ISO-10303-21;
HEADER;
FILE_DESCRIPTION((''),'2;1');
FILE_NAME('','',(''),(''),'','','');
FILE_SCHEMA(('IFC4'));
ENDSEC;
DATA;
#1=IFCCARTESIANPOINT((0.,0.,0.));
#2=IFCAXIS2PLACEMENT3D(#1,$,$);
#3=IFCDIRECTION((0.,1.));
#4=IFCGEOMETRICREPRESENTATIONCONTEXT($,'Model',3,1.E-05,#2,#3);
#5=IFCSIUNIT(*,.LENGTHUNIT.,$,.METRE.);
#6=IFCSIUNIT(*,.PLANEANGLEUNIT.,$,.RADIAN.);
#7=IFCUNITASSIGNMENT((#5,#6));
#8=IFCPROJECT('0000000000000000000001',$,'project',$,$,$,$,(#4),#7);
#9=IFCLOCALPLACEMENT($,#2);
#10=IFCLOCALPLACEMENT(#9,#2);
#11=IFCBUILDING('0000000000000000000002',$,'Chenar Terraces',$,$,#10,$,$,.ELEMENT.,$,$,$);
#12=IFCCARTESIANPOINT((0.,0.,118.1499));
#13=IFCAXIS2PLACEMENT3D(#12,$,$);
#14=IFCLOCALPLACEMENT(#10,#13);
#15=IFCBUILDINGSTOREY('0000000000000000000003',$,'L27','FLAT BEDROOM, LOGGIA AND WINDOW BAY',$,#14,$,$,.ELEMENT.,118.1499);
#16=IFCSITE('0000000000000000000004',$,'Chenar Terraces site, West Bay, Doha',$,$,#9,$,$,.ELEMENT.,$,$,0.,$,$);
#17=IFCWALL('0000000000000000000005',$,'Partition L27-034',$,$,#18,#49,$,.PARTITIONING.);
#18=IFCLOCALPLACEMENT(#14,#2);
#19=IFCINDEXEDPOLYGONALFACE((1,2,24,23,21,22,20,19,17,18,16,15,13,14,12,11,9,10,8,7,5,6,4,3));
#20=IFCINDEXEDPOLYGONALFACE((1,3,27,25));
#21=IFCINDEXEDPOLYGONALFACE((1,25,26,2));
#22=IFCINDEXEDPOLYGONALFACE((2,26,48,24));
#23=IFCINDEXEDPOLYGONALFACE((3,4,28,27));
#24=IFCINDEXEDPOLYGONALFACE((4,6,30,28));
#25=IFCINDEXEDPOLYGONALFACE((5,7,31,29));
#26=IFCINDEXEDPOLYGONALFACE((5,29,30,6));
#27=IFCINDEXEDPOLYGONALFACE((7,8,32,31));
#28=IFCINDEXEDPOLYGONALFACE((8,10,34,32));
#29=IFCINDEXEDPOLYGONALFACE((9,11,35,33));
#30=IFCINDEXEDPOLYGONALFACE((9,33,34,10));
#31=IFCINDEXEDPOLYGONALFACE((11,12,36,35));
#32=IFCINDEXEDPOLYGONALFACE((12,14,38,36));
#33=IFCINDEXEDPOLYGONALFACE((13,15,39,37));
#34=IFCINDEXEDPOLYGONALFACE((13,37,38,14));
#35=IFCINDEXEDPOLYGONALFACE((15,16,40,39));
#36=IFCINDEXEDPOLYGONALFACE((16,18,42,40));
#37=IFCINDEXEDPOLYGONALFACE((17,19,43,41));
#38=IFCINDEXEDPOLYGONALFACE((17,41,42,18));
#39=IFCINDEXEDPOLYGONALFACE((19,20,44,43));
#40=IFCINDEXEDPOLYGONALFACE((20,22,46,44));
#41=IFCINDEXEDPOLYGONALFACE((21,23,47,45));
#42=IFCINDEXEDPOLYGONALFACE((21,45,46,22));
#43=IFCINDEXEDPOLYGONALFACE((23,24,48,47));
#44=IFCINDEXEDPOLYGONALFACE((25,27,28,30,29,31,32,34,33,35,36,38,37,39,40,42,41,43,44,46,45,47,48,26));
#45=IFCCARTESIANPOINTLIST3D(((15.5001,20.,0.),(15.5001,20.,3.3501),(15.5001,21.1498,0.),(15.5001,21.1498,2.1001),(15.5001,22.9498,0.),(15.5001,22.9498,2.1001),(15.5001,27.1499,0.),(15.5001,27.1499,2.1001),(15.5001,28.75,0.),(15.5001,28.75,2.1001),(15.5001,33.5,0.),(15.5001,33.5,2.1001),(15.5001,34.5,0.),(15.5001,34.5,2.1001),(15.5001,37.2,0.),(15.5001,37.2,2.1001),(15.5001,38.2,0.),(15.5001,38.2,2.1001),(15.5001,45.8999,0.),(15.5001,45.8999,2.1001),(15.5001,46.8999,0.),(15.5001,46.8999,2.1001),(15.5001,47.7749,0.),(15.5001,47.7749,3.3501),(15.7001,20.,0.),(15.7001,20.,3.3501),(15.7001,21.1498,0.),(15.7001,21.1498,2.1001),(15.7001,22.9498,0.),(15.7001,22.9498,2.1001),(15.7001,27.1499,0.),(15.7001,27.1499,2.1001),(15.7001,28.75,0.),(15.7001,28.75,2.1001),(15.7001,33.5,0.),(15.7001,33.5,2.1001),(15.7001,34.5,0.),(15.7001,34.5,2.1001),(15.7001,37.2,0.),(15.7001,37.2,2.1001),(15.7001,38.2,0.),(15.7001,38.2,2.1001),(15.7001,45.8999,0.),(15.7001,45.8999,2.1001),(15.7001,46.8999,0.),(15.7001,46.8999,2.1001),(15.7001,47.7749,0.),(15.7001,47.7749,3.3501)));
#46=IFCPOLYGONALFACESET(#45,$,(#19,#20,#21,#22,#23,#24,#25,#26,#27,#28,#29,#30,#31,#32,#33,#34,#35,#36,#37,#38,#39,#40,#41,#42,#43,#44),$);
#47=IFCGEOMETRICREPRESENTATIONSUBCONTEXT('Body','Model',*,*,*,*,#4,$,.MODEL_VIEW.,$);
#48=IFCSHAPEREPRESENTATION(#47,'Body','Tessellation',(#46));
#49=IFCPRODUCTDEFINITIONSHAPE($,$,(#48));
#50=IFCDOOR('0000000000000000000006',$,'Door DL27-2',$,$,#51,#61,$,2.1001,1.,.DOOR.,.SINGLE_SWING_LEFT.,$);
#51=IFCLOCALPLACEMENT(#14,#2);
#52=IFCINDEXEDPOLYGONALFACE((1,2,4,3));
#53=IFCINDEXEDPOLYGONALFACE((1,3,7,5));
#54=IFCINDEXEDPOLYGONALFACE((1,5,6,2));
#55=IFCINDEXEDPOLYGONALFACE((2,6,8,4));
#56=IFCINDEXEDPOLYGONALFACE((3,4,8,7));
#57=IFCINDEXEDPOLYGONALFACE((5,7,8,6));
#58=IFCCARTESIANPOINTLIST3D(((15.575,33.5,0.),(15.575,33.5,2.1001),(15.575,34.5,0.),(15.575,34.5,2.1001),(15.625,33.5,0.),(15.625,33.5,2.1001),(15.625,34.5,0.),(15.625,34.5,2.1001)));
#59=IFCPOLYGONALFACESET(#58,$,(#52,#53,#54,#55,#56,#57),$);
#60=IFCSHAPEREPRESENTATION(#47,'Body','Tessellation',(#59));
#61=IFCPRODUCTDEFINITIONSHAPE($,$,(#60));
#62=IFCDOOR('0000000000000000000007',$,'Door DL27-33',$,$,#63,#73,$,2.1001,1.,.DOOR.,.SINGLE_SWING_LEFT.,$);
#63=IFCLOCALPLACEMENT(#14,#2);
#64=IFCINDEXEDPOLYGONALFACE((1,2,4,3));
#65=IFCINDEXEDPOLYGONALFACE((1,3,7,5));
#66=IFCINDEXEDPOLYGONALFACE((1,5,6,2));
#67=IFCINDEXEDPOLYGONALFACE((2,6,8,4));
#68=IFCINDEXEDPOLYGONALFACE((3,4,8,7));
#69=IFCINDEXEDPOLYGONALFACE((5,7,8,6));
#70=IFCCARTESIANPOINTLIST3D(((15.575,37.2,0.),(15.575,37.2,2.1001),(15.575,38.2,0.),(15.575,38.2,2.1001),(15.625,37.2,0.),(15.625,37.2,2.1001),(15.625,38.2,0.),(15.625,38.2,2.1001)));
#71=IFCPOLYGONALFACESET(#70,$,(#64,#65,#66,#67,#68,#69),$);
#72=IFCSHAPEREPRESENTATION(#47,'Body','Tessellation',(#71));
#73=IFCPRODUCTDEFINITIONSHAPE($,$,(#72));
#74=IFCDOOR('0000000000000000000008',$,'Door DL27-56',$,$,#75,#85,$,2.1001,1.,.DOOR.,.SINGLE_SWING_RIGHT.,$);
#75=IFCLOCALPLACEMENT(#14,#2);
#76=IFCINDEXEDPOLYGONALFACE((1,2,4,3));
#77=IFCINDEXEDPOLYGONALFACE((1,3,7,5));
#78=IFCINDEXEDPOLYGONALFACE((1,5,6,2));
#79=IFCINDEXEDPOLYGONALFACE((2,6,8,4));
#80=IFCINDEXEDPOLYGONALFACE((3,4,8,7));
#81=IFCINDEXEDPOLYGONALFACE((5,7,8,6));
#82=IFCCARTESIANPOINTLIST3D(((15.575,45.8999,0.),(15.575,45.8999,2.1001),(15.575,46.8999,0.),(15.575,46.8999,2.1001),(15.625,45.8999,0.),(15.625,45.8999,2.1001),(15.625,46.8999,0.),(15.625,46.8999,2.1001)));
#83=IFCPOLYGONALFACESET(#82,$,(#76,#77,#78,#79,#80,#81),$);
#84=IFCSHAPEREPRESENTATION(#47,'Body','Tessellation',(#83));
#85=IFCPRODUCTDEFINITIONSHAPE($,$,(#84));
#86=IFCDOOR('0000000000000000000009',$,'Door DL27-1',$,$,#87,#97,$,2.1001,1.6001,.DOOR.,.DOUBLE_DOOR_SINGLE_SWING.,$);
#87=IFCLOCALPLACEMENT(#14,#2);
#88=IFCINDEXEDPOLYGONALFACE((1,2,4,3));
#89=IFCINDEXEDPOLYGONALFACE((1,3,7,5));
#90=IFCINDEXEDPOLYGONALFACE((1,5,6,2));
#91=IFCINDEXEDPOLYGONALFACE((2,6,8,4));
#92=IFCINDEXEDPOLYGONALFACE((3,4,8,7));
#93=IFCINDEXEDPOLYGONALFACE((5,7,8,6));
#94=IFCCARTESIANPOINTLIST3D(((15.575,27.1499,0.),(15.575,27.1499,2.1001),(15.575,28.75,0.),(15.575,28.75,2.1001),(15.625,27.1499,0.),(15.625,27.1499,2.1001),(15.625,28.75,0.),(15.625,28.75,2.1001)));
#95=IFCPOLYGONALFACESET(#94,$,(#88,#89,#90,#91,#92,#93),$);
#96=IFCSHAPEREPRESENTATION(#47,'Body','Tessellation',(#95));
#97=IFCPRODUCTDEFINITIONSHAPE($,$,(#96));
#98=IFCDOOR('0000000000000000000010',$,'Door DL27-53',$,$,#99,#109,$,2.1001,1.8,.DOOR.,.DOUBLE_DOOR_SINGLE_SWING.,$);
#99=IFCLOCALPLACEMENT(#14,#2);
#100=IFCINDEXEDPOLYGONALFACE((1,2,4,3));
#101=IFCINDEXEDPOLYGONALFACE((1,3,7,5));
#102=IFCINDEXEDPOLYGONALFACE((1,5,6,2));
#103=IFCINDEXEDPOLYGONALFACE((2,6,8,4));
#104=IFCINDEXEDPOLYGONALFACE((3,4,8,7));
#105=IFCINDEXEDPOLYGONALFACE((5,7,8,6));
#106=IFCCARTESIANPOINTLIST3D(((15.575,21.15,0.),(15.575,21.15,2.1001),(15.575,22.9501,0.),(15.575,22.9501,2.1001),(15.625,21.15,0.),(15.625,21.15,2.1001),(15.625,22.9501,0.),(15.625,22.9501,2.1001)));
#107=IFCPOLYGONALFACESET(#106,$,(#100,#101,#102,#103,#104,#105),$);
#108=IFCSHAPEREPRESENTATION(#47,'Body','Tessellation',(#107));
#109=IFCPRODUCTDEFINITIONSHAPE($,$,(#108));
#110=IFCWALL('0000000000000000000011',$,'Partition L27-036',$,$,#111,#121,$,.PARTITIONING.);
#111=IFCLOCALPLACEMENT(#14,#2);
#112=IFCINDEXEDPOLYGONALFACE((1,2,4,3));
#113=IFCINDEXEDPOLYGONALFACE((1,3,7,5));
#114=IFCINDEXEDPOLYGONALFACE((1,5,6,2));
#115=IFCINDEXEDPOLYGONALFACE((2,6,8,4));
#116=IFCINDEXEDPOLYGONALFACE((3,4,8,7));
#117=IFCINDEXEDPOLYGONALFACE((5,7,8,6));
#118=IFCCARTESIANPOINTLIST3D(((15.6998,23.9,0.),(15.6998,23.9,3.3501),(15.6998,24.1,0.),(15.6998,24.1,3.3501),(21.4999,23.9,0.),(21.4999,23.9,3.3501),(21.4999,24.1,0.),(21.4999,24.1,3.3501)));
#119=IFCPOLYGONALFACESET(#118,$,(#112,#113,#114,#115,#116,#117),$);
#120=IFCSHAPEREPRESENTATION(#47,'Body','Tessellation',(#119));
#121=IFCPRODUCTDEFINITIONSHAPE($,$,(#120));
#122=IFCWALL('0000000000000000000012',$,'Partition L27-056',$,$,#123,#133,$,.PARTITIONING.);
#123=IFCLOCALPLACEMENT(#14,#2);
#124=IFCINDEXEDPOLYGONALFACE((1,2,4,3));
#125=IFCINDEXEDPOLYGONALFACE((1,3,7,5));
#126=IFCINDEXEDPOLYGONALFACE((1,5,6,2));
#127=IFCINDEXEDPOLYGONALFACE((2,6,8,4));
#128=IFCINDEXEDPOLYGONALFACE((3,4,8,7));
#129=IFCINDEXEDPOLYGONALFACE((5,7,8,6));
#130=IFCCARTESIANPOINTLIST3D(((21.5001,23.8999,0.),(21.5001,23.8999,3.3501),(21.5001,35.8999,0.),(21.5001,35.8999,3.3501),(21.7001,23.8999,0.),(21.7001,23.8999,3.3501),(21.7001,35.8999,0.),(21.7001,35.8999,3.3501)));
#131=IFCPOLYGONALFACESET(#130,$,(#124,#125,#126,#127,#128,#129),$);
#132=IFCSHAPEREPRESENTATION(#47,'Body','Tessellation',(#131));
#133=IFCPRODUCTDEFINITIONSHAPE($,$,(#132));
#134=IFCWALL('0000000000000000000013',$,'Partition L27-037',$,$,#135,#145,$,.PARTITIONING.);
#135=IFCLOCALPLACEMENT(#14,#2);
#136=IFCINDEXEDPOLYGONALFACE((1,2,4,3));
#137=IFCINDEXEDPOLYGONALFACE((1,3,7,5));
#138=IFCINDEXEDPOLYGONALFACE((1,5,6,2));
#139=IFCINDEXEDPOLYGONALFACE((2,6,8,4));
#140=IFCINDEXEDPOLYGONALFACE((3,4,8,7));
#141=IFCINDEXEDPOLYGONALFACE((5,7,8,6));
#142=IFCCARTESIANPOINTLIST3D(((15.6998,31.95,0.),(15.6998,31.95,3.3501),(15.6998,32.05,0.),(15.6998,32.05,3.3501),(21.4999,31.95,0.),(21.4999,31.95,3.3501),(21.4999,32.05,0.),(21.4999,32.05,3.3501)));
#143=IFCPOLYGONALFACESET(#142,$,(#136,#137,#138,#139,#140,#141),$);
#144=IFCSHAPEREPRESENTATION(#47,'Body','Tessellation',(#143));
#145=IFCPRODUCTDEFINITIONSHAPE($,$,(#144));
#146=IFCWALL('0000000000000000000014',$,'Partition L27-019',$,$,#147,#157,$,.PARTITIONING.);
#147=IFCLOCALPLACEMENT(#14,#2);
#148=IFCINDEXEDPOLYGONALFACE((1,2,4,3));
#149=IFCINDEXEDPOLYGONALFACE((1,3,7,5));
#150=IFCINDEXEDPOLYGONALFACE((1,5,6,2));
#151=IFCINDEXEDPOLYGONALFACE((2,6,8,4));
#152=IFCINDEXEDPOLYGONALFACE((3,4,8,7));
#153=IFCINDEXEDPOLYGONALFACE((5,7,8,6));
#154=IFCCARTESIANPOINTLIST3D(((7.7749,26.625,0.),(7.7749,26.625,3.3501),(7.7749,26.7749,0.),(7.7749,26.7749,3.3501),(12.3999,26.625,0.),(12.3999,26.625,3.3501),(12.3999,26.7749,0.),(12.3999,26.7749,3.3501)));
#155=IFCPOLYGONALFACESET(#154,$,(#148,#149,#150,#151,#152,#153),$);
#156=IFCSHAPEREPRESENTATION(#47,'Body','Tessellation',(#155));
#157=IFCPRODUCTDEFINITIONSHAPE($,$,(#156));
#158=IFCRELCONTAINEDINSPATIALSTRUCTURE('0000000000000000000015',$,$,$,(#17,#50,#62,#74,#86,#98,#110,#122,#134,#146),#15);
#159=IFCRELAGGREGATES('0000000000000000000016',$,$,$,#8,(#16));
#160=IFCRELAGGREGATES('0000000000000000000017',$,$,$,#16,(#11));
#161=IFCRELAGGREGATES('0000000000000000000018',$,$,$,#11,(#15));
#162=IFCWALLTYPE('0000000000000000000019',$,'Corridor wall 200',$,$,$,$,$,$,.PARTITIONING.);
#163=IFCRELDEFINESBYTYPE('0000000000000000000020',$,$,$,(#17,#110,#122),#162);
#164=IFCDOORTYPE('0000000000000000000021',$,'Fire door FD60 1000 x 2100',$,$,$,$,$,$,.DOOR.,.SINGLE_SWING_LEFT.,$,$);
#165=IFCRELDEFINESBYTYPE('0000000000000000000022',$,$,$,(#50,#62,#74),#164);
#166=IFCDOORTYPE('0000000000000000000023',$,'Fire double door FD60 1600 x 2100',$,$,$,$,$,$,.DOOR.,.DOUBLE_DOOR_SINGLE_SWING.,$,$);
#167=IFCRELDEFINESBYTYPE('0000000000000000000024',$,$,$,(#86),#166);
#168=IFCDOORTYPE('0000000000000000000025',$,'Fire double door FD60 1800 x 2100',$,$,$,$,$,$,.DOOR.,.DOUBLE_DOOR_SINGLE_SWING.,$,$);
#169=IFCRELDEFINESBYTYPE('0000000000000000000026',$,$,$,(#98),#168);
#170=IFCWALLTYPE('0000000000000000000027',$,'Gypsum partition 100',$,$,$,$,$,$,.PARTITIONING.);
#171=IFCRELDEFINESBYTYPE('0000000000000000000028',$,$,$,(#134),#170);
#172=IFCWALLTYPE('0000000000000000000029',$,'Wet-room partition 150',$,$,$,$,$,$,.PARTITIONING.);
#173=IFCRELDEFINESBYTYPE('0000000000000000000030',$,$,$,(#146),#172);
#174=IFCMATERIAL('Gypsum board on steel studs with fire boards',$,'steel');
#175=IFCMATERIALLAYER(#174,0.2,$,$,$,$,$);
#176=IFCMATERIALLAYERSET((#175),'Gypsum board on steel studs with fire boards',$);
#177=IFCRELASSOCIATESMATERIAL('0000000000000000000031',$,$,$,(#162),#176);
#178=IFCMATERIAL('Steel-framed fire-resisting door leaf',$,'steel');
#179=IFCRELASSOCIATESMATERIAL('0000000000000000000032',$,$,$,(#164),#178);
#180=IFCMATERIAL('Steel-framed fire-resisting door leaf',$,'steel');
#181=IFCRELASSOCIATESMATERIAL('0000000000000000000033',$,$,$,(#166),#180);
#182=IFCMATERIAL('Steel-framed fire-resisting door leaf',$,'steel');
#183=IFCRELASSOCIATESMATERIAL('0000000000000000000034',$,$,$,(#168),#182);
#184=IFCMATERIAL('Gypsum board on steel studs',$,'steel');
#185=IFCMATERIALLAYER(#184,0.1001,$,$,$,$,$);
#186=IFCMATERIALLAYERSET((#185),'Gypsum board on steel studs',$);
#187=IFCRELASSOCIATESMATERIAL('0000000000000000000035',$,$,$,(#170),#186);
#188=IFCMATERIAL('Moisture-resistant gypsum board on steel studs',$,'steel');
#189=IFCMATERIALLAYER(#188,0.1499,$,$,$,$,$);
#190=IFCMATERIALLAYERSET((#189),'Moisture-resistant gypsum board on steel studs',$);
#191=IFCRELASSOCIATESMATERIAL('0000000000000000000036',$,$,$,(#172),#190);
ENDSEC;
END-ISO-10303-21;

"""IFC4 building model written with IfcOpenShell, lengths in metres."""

from ifc_helpers import new_model, si_unit, direction, frame, frame_2d, origin, place, context, subcontext, project, spatial, rectangle, extrude, material, layer, layer_set, type_object, element, fill, save


model = new_model("IFC4")

# Units and contexts
model_context = context("Model", 3, precision=1e-05, world=origin(), true_north=direction((0.0, 1.0)))
body_context = subcontext(model_context, "Body", "Model", "MODEL_VIEW")
ifc_project = project(units=[si_unit("LENGTHUNIT", "METRE"), si_unit("PLANEANGLEUNIT", "RADIAN")], contexts=[model_context])

# Site, building, storey
site_placement = place(None, origin())
site = spatial("IfcSite", under=ifc_project, at=site_placement, Name="Chenar Terraces site, West Bay, Doha", CompositionType="ELEMENT", RefElevation=0.0)
building_placement = place(site_placement, origin())
building = spatial("IfcBuilding", under=site, at=building_placement, Name="Chenar Terraces", CompositionType="ELEMENT")
storey_placement = place(building_placement, frame((0.0, 0.0, 118.1499)))
storey = spatial("IfcBuildingStorey", under=building, at=storey_placement, Name="L27", Description="FLAT BEDROOM, LOGGIA AND WINDOW BAY", CompositionType="ELEMENT", Elevation=118.1499)

# Wall, openings, doors
ifc_material_1 = material(Name="Gypsum board on steel studs with fire boards", Category="steel")
ifc_layer_1 = layer(ifc_material_1, 0.2)
ifc_layer_set_1 = layer_set([ifc_layer_1], Name="Gypsum board on steel studs with fire boards")
wall_type_1 = type_object("IfcWallType", Name="Corridor wall 200", PredefinedType="PARTITIONING", material=ifc_layer_set_1)
wall_1_placement = place(storey_placement, frame((15.6001, 20.0, 0.0), z_axis=(0.0, 0.0, 1.0), x_axis=(0.0, 1.0, 0.0)))
wall_1 = element("IfcWall", 1, at=wall_1_placement, inside=storey, type_object=wall_type_1, Name="Partition L27-034", PredefinedType="PARTITIONING", context=body_context, shape_type="SweptSolid", body=[
    extrude(rectangle(XDim=27.7749, YDim=0.2, at=frame_2d((13.8875, 0.0))), origin(), (0.0, 0.0, 1.0), 3.3501),
])
opening_1_placement = place(wall_1_placement, frame((7.1499, 0.0, 0.0)))
opening_1 = element("IfcOpeningElement", 2, at=opening_1_placement, cuts=wall_1, PredefinedType="OPENING", context=body_context, shape_type="SweptSolid", body=[
    extrude(rectangle(XDim=1.6001, YDim=2.1001, at=frame_2d((0.8, 1.05))), frame((0.0, 0.1099, 0.0), z_axis=(0.0, -1.0, 0.0), x_axis=(1.0, 0.0, 0.0)), (0.0, 0.0, 1.0), 0.22),
])
opening_2_placement = place(wall_1_placement, frame((13.5, 0.0, 0.0)))
opening_2 = element("IfcOpeningElement", 3, at=opening_2_placement, cuts=wall_1, PredefinedType="OPENING", context=body_context, shape_type="SweptSolid", body=[
    extrude(rectangle(XDim=1.0, YDim=2.1001, at=frame_2d((0.5, 1.05))), frame((0.0, 0.1099, 0.0), z_axis=(0.0, -1.0, 0.0), x_axis=(1.0, 0.0, 0.0)), (0.0, 0.0, 1.0), 0.22),
])
opening_3_placement = place(wall_1_placement, frame((17.2, 0.0, 0.0)))
opening_3 = element("IfcOpeningElement", 4, at=opening_3_placement, cuts=wall_1, PredefinedType="OPENING", context=body_context, shape_type="SweptSolid", body=[
    extrude(rectangle(XDim=1.0, YDim=2.1001, at=frame_2d((0.5, 1.05))), frame((0.0, 0.1099, 0.0), z_axis=(0.0, -1.0, 0.0), x_axis=(1.0, 0.0, 0.0)), (0.0, 0.0, 1.0), 0.22),
])
opening_4_placement = place(wall_1_placement, frame((1.1499, 0.0, 0.0)))
opening_4 = element("IfcOpeningElement", 5, at=opening_4_placement, cuts=wall_1, PredefinedType="OPENING", context=body_context, shape_type="SweptSolid", body=[
    extrude(rectangle(XDim=1.8, YDim=2.1001, at=frame_2d((0.8999, 1.05))), frame((0.0, 0.1099, 0.0), z_axis=(0.0, -1.0, 0.0), x_axis=(1.0, 0.0, 0.0)), (0.0, 0.0, 1.0), 0.22),
])
opening_5_placement = place(wall_1_placement, frame((25.8999, 0.0, 0.0)))
opening_5 = element("IfcOpeningElement", 6, at=opening_5_placement, cuts=wall_1, PredefinedType="OPENING", context=body_context, shape_type="SweptSolid", body=[
    extrude(rectangle(XDim=1.0, YDim=2.1001, at=frame_2d((0.5, 1.05))), frame((0.0, 0.1099, 0.0), z_axis=(0.0, -1.0, 0.0), x_axis=(1.0, 0.0, 0.0)), (0.0, 0.0, 1.0), 0.22),
])
ifc_material_2 = material(Name="Steel-framed fire-resisting door leaf", Category="steel")
door_type_1 = type_object("IfcDoorType", Name="Fire door FD60 1000 x 2100", OperationType="SINGLE_SWING_LEFT", PredefinedType="DOOR", material=ifc_material_2)
door_1_placement = place(opening_2_placement, frame((1.0, 0.0, 0.0), z_axis=(0.0, 0.0, 1.0), x_axis=(-1.0, 0.0, 0.0)))
door_1 = element("IfcDoor", 7, at=door_1_placement, inside=storey, type_object=door_type_1, Name="Door DL27-2", OperationType="SINGLE_SWING_LEFT", OverallHeight=2.1001, OverallWidth=1.0, PredefinedType="DOOR", context=body_context, shape_type="SweptSolid", body=[
    extrude(rectangle(XDim=1.0, YDim=2.1001, at=frame_2d((0.5, 1.05))), frame((0.0, 0.0249, 0.0), z_axis=(0.0, -1.0, 0.0), x_axis=(1.0, 0.0, 0.0)), (0.0, 0.0, 1.0), 0.05),
])
fill(opening_2, door_1)
door_2_placement = place(opening_3_placement, frame((1.0, 0.0, 0.0), z_axis=(0.0, 0.0, 1.0), x_axis=(-1.0, 0.0, 0.0)))
door_2 = element("IfcDoor", 8, at=door_2_placement, inside=storey, type_object=door_type_1, Name="Door DL27-33", OperationType="SINGLE_SWING_LEFT", OverallHeight=2.1001, OverallWidth=1.0, PredefinedType="DOOR", context=body_context, shape_type="SweptSolid", body=[
    extrude(rectangle(XDim=1.0, YDim=2.1001, at=frame_2d((0.5, 1.05))), frame((0.0, 0.0249, 0.0), z_axis=(0.0, -1.0, 0.0), x_axis=(1.0, 0.0, 0.0)), (0.0, 0.0, 1.0), 0.05),
])
fill(opening_3, door_2)
door_3_placement = place(opening_5_placement, frame((1.0, 0.0, 0.0), z_axis=(0.0, 0.0, 1.0), x_axis=(-1.0, 0.0, 0.0)))
door_3 = element("IfcDoor", 9, at=door_3_placement, inside=storey, type_object=door_type_1, Name="Door DL27-56", OperationType="SINGLE_SWING_RIGHT", OverallHeight=2.1001, OverallWidth=1.0, PredefinedType="DOOR", context=body_context, shape_type="SweptSolid", body=[
    extrude(rectangle(XDim=1.0, YDim=2.1001, at=frame_2d((0.5, 1.05))), frame((0.0, 0.0249, 0.0), z_axis=(0.0, -1.0, 0.0), x_axis=(1.0, 0.0, 0.0)), (0.0, 0.0, 1.0), 0.05),
])
fill(opening_5, door_3)
ifc_material_3 = material(Name="Steel-framed fire-resisting door leaf", Category="steel")
door_type_2 = type_object("IfcDoorType", Name="Fire double door FD60 1600 x 2100", OperationType="DOUBLE_DOOR_SINGLE_SWING", PredefinedType="DOOR", material=ifc_material_3)
door_4_placement = place(opening_1_placement, frame((1.6001, 0.0, 0.0), z_axis=(0.0, 0.0, 1.0), x_axis=(-1.0, 0.0, 0.0)))
door_4 = element("IfcDoor", 10, at=door_4_placement, inside=storey, type_object=door_type_2, Name="Door DL27-1", OperationType="DOUBLE_DOOR_SINGLE_SWING", OverallHeight=2.1001, OverallWidth=1.6001, PredefinedType="DOOR", context=body_context, shape_type="SweptSolid", body=[
    extrude(rectangle(XDim=1.6001, YDim=2.1001, at=frame_2d((0.8, 1.05))), frame((0.0, 0.0249, 0.0), z_axis=(0.0, -1.0, 0.0), x_axis=(1.0, 0.0, 0.0)), (0.0, 0.0, 1.0), 0.05),
])
fill(opening_1, door_4)
ifc_material_4 = material(Name="Steel-framed fire-resisting door leaf", Category="steel")
door_type_3 = type_object("IfcDoorType", Name="Fire double door FD60 1800 x 2100", OperationType="DOUBLE_DOOR_SINGLE_SWING", PredefinedType="DOOR", material=ifc_material_4)
door_5_placement = place(opening_4_placement, frame((1.8, 0.0, 0.0), z_axis=(0.0, 0.0, 1.0), x_axis=(-1.0, 0.0, 0.0)))
door_5 = element("IfcDoor", 11, at=door_5_placement, inside=storey, type_object=door_type_3, Name="Door DL27-53", OperationType="DOUBLE_DOOR_SINGLE_SWING", OverallHeight=2.1001, OverallWidth=1.8, PredefinedType="DOOR", context=body_context, shape_type="SweptSolid", body=[
    extrude(rectangle(XDim=1.8, YDim=2.1001, at=frame_2d((0.8999, 1.05))), frame((0.0, 0.0249, 0.0), z_axis=(0.0, -1.0, 0.0), x_axis=(1.0, 0.0, 0.0)), (0.0, 0.0, 1.0), 0.05),
])
fill(opening_4, door_5)

# Walls
wall_2_placement = place(storey_placement, frame((15.7, 24.0, 0.0), z_axis=(0.0, 0.0, 1.0), x_axis=(1.0, 0.0, 0.0)))
element("IfcWall", 12, at=wall_2_placement, inside=storey, type_object=wall_type_1, Name="Partition L27-036", PredefinedType="PARTITIONING", context=body_context, shape_type="SweptSolid", body=[
    extrude(rectangle(XDim=5.8, YDim=0.2, at=frame_2d((2.8999, 0.0))), origin(), (0.0, 0.0, 1.0), 3.3501),
])
wall_3_placement = place(storey_placement, frame((21.6001, 23.8999, 0.0), z_axis=(0.0, 0.0, 1.0), x_axis=(0.0, 1.0, 0.0)))
element("IfcWall", 13, at=wall_3_placement, inside=storey, type_object=wall_type_1, Name="Partition L27-056", PredefinedType="PARTITIONING", context=body_context, shape_type="SweptSolid", body=[
    extrude(rectangle(XDim=12.0, YDim=0.2, at=frame_2d((6.0, 0.0))), origin(), (0.0, 0.0, 1.0), 3.3501),
])
ifc_material_5 = material(Name="Gypsum board on steel studs", Category="steel")
ifc_layer_2 = layer(ifc_material_5, 0.1001)
ifc_layer_set_2 = layer_set([ifc_layer_2], Name="Gypsum board on steel studs")
wall_type_2 = type_object("IfcWallType", Name="Gypsum partition 100", PredefinedType="PARTITIONING", material=ifc_layer_set_2)
wall_4_placement = place(storey_placement, frame((15.7, 32.0, 0.0), z_axis=(0.0, 0.0, 1.0), x_axis=(1.0, 0.0, 0.0)))
element("IfcWall", 14, at=wall_4_placement, inside=storey, type_object=wall_type_2, Name="Partition L27-037", PredefinedType="PARTITIONING", context=body_context, shape_type="SweptSolid", body=[
    extrude(rectangle(XDim=5.8, YDim=0.1001, at=frame_2d((2.8999, 0.0))), origin(), (0.0, 0.0, 1.0), 3.3501),
])
ifc_material_6 = material(Name="Moisture-resistant gypsum board on steel studs", Category="steel")
ifc_layer_3 = layer(ifc_material_6, 0.1499)
ifc_layer_set_3 = layer_set([ifc_layer_3], Name="Moisture-resistant gypsum board on steel studs")
wall_type_3 = type_object("IfcWallType", Name="Wet-room partition 150", PredefinedType="PARTITIONING", material=ifc_layer_set_3)
for number, where, z_axis, x_axis, name in (
    (15, (7.7749, 26.7, 0.0), (0.0, 0.0, 1.0), (1.0, 0.0, 0.0), "Partition L27-019"),
):
    element("IfcWall", number, at=place(storey_placement, frame(where, z_axis=z_axis, x_axis=x_axis)), inside=storey, type_object=wall_type_3, Name=name, PredefinedType="PARTITIONING", context=body_context, shape_type="SweptSolid", body=[
        extrude(rectangle(XDim=4.625, YDim=0.1499, at=frame_2d((2.3125, 0.0))), origin(), (0.0, 0.0, 1.0), 3.3501),
    ])

save(model, "model.ifc")
